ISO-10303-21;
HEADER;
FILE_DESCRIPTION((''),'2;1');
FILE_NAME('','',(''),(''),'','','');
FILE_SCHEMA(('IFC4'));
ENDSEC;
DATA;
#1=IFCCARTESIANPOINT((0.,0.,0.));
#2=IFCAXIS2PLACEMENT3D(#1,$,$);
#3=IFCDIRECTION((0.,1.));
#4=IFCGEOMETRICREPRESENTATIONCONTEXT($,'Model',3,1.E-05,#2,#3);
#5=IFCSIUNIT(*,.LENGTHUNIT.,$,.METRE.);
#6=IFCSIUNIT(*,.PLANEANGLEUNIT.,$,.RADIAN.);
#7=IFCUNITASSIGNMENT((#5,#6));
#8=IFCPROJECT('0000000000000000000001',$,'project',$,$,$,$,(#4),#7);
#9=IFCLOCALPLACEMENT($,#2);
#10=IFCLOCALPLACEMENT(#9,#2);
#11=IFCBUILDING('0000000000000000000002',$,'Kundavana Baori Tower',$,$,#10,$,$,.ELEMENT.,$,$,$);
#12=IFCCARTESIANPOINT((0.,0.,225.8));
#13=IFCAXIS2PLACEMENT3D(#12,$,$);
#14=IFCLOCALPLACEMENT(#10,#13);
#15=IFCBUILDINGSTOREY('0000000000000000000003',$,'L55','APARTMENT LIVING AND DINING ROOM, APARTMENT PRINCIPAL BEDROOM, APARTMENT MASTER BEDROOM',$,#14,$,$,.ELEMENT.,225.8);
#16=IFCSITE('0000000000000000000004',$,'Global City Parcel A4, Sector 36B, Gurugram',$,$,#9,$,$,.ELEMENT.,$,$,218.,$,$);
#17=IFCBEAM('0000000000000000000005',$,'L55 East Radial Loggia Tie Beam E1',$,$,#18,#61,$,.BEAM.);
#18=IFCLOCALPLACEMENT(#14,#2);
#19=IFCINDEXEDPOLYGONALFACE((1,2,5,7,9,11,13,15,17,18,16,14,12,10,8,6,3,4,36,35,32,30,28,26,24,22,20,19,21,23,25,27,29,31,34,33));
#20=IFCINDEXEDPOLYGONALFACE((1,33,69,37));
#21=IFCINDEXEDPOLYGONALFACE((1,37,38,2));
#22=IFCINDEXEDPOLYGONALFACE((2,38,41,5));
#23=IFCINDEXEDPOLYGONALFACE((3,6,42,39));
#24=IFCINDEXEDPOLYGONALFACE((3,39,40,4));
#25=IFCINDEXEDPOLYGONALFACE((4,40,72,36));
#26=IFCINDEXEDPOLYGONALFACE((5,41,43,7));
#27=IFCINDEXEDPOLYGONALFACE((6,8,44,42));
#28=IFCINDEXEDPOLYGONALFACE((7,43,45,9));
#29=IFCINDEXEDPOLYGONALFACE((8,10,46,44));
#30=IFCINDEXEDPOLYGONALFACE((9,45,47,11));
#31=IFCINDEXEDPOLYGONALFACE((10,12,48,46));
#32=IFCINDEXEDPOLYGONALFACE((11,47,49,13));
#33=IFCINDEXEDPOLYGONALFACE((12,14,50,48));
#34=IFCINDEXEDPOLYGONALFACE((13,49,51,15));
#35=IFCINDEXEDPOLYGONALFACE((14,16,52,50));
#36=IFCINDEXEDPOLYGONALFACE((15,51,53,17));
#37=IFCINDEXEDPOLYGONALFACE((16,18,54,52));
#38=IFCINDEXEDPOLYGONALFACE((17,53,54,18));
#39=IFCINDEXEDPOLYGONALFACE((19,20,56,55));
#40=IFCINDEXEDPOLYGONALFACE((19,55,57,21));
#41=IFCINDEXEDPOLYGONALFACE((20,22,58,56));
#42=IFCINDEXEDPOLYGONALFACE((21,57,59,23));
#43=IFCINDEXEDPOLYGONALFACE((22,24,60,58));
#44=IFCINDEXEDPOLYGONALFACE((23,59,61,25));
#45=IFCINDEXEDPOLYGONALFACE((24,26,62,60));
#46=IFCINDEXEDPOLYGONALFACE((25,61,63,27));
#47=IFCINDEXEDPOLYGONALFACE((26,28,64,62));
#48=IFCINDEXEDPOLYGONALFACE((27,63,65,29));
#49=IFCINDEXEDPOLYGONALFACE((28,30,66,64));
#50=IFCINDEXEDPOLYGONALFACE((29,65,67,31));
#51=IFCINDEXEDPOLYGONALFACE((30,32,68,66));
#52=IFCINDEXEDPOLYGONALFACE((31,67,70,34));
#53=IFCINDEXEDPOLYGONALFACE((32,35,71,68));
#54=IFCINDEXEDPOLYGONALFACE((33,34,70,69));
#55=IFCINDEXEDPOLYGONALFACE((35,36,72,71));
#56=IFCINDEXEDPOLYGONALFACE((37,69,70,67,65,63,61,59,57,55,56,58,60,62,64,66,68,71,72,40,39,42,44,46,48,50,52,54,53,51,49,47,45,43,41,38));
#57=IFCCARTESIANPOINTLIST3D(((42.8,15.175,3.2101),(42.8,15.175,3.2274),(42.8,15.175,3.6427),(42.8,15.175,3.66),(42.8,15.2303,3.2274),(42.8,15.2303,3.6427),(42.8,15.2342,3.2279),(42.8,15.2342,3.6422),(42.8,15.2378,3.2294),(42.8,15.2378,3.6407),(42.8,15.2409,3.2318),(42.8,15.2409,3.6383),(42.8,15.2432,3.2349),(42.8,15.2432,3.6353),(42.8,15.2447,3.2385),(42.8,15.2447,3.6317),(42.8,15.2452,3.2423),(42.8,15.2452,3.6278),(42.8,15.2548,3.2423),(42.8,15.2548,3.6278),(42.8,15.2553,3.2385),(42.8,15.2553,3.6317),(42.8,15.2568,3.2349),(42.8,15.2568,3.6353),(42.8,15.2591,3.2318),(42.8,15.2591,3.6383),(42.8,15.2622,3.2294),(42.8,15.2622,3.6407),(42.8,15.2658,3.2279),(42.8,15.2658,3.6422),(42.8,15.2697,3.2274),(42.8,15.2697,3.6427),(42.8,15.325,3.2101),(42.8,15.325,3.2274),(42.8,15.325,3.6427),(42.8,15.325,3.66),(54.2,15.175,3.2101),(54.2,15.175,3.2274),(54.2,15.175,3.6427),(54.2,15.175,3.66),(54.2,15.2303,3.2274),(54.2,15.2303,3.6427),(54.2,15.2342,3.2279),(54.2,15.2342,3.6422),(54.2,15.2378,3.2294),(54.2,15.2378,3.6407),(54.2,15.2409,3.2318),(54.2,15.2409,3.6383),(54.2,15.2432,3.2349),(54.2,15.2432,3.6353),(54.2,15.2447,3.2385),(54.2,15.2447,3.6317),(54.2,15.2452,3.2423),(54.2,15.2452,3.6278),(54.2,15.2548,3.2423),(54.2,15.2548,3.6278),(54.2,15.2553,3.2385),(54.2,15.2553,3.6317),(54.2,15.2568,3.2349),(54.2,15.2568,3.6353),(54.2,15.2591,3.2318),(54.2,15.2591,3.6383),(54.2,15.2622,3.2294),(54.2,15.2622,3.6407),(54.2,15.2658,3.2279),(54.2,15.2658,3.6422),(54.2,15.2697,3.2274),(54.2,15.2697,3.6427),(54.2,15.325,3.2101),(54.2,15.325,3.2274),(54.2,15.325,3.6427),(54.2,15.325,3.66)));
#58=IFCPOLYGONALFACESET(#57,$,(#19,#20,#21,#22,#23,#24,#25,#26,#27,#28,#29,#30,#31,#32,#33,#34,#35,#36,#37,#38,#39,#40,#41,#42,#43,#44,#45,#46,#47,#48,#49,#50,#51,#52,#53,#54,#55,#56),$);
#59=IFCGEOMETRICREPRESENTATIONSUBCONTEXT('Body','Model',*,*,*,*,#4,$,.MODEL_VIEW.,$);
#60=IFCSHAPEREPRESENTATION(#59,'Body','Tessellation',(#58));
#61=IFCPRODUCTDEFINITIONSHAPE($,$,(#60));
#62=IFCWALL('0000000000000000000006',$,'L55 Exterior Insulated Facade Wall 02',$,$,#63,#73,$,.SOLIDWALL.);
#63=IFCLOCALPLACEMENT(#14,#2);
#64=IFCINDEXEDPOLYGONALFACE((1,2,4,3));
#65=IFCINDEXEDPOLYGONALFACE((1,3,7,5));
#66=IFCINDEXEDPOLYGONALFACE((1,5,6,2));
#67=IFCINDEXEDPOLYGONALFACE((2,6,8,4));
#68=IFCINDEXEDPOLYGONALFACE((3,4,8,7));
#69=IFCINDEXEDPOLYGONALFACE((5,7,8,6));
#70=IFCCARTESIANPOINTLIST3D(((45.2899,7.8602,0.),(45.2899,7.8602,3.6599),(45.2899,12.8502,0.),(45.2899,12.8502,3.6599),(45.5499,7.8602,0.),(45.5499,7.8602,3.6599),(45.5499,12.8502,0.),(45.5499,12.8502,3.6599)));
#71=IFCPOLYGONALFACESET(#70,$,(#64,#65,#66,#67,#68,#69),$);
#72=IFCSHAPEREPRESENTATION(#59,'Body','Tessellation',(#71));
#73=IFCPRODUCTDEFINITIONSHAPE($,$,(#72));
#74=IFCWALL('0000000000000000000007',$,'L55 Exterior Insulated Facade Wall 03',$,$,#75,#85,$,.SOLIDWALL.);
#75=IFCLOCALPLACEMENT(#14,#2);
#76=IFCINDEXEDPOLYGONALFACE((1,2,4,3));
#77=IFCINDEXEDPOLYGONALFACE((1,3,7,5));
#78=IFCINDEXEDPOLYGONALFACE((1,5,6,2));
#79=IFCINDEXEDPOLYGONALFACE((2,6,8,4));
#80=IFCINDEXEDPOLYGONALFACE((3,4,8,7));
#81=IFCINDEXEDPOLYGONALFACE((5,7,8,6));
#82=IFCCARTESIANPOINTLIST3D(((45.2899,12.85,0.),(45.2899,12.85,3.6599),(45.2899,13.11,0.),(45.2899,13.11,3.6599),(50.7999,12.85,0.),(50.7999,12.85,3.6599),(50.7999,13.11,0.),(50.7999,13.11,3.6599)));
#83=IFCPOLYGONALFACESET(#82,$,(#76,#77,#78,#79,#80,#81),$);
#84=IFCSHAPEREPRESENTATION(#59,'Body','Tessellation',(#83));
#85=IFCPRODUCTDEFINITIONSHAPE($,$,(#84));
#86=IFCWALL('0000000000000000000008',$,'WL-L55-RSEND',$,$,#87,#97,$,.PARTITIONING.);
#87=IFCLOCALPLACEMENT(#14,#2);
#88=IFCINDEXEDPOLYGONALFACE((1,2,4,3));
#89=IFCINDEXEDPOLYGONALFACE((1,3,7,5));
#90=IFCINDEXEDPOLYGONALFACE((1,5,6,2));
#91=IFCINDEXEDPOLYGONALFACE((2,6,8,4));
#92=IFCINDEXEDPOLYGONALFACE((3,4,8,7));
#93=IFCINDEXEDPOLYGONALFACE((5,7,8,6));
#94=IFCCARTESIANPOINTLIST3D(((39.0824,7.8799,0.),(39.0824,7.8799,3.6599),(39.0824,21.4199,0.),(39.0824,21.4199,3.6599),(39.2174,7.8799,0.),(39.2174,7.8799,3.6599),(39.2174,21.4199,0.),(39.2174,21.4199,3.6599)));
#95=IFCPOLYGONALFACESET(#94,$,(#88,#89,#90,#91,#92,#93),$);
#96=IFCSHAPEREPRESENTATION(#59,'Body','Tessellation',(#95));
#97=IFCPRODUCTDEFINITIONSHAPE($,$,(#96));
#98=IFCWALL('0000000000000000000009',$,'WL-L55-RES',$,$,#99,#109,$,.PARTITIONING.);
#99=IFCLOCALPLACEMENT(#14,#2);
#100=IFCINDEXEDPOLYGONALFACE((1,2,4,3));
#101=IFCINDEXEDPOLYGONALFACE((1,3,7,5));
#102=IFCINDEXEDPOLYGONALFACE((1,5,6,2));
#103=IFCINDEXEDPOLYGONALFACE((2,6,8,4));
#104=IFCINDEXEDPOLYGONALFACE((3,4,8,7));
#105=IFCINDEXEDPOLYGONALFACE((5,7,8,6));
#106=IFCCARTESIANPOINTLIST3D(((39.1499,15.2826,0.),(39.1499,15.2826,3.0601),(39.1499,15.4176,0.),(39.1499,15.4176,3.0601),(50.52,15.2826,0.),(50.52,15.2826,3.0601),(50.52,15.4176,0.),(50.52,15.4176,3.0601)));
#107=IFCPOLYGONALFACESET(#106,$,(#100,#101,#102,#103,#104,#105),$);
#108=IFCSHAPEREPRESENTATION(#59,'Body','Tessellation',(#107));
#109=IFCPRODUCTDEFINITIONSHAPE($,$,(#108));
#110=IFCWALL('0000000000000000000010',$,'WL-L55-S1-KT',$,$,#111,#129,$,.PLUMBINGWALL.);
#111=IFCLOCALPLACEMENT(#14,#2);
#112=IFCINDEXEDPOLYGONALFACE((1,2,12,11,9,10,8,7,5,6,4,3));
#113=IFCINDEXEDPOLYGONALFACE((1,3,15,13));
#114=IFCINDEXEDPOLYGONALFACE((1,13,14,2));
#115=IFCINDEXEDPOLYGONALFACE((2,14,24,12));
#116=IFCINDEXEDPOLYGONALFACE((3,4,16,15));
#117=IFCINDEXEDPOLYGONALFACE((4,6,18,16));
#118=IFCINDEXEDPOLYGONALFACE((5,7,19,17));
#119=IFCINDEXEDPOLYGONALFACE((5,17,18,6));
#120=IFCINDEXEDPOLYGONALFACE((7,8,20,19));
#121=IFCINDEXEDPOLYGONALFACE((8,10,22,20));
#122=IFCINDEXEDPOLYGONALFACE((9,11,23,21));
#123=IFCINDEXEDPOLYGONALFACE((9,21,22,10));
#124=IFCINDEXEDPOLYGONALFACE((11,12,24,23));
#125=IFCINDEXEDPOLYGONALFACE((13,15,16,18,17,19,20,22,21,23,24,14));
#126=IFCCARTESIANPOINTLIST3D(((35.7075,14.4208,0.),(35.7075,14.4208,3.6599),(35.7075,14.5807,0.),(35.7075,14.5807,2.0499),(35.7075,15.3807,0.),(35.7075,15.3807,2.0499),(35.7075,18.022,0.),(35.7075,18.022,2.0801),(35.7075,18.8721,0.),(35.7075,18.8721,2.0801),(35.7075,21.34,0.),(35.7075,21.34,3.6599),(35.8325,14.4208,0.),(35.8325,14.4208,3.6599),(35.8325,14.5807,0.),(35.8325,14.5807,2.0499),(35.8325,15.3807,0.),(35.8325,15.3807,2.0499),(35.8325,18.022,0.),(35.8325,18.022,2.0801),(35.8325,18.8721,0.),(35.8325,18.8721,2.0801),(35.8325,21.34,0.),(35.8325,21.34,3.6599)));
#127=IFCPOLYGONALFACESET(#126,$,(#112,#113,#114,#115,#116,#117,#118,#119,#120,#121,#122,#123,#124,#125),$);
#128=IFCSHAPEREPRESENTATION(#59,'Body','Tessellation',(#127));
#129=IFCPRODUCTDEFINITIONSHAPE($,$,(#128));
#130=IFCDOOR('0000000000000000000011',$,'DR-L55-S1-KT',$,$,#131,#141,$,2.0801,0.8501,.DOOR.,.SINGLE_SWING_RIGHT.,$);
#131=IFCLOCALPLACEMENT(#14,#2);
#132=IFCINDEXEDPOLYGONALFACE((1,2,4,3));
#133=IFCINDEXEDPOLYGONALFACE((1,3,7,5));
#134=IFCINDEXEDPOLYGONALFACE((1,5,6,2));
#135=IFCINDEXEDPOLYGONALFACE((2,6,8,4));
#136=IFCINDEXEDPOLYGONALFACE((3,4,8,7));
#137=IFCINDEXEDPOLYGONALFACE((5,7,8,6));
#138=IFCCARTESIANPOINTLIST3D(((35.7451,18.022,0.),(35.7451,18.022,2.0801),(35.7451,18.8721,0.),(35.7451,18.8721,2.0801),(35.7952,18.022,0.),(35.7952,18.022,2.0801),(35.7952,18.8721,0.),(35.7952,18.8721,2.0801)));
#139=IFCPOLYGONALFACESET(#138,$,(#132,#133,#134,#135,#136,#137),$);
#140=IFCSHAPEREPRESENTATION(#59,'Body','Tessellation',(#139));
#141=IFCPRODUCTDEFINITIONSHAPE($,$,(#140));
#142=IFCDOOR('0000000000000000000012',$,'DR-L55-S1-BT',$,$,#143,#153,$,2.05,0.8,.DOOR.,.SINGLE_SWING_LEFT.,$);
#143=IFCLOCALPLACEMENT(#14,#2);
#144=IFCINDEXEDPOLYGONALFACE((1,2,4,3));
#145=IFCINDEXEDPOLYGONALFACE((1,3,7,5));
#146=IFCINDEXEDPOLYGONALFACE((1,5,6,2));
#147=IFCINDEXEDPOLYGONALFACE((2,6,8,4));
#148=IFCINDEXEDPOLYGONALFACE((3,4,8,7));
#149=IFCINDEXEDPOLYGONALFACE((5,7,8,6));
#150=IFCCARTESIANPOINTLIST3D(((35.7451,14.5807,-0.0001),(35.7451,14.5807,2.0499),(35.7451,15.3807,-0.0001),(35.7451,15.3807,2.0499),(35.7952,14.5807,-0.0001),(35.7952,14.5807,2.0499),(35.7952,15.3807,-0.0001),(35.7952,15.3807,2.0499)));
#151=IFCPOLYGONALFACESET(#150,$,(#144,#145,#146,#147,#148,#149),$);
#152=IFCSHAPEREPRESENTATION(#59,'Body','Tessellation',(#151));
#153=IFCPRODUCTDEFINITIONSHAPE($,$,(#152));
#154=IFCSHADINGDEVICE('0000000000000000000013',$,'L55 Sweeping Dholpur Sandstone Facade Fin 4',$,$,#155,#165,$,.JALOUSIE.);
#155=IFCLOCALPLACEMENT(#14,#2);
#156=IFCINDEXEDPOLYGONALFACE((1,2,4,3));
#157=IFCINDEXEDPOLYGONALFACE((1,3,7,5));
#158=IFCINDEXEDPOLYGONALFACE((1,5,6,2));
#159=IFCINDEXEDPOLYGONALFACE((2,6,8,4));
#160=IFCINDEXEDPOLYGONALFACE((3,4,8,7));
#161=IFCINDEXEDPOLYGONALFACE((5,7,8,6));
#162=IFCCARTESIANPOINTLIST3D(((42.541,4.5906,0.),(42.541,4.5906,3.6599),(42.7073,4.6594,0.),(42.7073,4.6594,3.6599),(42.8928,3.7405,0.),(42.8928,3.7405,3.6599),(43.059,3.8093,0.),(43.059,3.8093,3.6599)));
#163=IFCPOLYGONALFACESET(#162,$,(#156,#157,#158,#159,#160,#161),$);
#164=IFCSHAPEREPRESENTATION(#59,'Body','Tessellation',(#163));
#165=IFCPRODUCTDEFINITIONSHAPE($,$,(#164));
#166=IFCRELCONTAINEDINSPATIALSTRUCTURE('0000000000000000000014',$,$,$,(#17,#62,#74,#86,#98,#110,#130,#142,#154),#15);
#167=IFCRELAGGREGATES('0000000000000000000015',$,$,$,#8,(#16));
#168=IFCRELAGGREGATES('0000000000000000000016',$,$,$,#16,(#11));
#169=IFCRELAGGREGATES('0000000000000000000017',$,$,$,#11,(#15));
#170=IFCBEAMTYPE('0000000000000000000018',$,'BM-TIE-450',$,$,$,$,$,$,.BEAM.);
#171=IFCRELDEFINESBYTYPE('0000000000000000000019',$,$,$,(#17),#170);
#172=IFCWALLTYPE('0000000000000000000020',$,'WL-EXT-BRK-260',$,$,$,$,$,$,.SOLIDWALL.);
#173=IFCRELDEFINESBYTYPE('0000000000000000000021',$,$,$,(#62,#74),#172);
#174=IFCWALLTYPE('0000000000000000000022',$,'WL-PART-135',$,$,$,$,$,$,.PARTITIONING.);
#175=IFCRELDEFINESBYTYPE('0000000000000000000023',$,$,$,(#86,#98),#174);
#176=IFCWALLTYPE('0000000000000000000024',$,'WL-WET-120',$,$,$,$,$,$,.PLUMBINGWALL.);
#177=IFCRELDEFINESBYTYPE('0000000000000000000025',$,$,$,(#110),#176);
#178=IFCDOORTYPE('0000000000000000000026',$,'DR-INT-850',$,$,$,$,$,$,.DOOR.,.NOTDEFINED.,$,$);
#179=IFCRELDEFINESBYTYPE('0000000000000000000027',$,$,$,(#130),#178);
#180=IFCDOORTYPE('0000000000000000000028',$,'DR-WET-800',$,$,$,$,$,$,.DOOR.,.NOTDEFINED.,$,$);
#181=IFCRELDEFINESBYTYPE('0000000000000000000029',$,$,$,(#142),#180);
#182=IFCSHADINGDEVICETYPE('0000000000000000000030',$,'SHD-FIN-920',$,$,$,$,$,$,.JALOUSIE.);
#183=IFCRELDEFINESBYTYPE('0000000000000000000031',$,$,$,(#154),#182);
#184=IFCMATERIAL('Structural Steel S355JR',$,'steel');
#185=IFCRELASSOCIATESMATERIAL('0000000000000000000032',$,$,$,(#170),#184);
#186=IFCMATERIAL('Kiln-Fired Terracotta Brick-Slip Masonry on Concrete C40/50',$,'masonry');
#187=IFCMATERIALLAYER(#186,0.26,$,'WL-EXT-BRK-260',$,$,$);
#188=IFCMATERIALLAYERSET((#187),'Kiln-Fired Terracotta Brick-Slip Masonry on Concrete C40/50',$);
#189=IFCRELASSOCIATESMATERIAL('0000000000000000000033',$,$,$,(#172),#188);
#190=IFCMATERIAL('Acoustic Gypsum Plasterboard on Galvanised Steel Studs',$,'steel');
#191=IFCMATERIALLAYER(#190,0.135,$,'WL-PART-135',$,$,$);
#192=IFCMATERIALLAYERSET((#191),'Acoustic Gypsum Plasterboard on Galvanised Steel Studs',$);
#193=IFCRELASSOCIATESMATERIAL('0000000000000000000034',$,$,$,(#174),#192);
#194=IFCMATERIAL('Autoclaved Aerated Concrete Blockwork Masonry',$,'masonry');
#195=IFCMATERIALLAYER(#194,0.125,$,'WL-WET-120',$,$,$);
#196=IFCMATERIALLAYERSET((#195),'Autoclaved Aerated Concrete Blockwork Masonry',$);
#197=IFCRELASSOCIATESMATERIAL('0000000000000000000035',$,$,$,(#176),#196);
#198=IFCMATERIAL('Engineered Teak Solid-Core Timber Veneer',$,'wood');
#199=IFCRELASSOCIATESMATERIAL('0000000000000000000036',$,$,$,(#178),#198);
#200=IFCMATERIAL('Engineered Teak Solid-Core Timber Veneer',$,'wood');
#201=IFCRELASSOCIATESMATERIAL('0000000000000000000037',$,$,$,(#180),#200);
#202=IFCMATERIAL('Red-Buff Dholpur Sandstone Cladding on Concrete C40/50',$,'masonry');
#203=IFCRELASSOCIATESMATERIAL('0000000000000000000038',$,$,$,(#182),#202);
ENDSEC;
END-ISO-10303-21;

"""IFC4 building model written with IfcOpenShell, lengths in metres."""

from ifc_helpers import new_model, si_unit, direction, frame, frame_2d, origin, origin_2d, place, context, subcontext, project, spatial, rectangle, i_section, extrude, material, layer, layer_set, material_profile, profile_set, type_object, element, fill, save


model = new_model("IFC4")

# Units and contexts
model_context = context("Model", 3, precision=1e-05, world=origin(), true_north=direction((0.0, 1.0)))
body_context = subcontext(model_context, "Body", "Model", "MODEL_VIEW")
ifc_project = project(units=[si_unit("LENGTHUNIT", "METRE"), si_unit("PLANEANGLEUNIT", "RADIAN")], contexts=[model_context])

# Site, building, storey
site_placement = place(None, origin())
site = spatial("IfcSite", under=ifc_project, at=site_placement, Name="Global City Parcel A4, Sector 36B, Gurugram", CompositionType="ELEMENT", RefElevation=218.0)
building_placement = place(site_placement, origin())
building = spatial("IfcBuilding", under=site, at=building_placement, Name="Kundavana Baori Tower", CompositionType="ELEMENT")
storey_placement = place(building_placement, frame((0.0, 0.0, 225.8)))
storey = spatial("IfcBuildingStorey", under=building, at=storey_placement, Name="L55", Description="APARTMENT LIVING AND DINING ROOM, APARTMENT PRINCIPAL BEDROOM, APARTMENT MASTER BEDROOM", CompositionType="ELEMENT", Elevation=225.8)

# Beam
ifc_material_1 = material(Name="Structural Steel S355JR", Category="steel")
ifc_material_profile_1 = material_profile(ifc_material_1, i_section(OverallWidth=0.1499, OverallDepth=0.45, WebThickness=0.0095, FlangeThickness=0.0173, FilletRadius=0.0149, at=origin_2d()), Name="ISMB 450")
ifc_profile_set_1 = profile_set([ifc_material_profile_1], Name="Structural Steel S355JR")
beam_type_1 = type_object("IfcBeamType", Name="BM-TIE-450", PredefinedType="BEAM", material=ifc_profile_set_1)
beam_1_placement = place(storey_placement, frame((42.8, 15.25, 3.4351), z_axis=(1.0, 0.0, 0.0), x_axis=(0.0, 1.0, 0.0)))
element("IfcBeam", 1, at=beam_1_placement, inside=storey, type_object=beam_type_1, Name="L55 East Radial Loggia Tie Beam E1", PredefinedType="BEAM", context=body_context, shape_type="SweptSolid", body=[
    extrude(i_section(OverallWidth=0.1499, OverallDepth=0.45, WebThickness=0.0095, FlangeThickness=0.0173, FilletRadius=0.0149, at=origin_2d()), origin(), (0.0, 0.0, 1.0), 11.3999),
])

# Walls
ifc_material_2 = material(Name="Kiln-Fired Terracotta Brick-Slip Masonry on Concrete C40/50", Category="masonry")
ifc_layer_1 = layer(ifc_material_2, 0.26, Name="WL-EXT-BRK-260")
ifc_layer_set_1 = layer_set([ifc_layer_1], Name="Kiln-Fired Terracotta Brick-Slip Masonry on Concrete C40/50")
wall_type_1 = type_object("IfcWallType", Name="WL-EXT-BRK-260", PredefinedType="SOLIDWALL", material=ifc_layer_set_1)
wall_1_placement = place(storey_placement, frame((45.4199, 7.8601, 0.0), z_axis=(0.0, 0.0, 1.0), x_axis=(0.0, 1.0, 0.0)))
element("IfcWall", 2, at=wall_1_placement, inside=storey, type_object=wall_type_1, Name="L55 Exterior Insulated Facade Wall 02", PredefinedType="SOLIDWALL", context=body_context, shape_type="SweptSolid", body=[
    extrude(rectangle(XDim=4.99, YDim=0.26, at=frame_2d((2.4951, 0.0))), origin(), (0.0, 0.0, 1.0), 3.6599),
])
wall_2_placement = place(storey_placement, frame((45.29, 12.98, 0.0), z_axis=(0.0, 0.0, 1.0), x_axis=(1.0, 0.0, 0.0)))
element("IfcWall", 3, at=wall_2_placement, inside=storey, type_object=wall_type_1, Name="L55 Exterior Insulated Facade Wall 03", PredefinedType="SOLIDWALL", context=body_context, shape_type="SweptSolid", body=[
    extrude(rectangle(XDim=5.51, YDim=0.26, at=frame_2d((2.7549, 0.0))), origin(), (0.0, 0.0, 1.0), 3.6599),
])

# Walls
ifc_material_3 = material(Name="Acoustic Gypsum Plasterboard on Galvanised Steel Studs", Category="steel")
ifc_layer_2 = layer(ifc_material_3, 0.135, Name="WL-PART-135")
ifc_layer_set_2 = layer_set([ifc_layer_2], Name="Acoustic Gypsum Plasterboard on Galvanised Steel Studs")
wall_type_2 = type_object("IfcWallType", Name="WL-PART-135", PredefinedType="PARTITIONING", material=ifc_layer_set_2)
wall_3_placement = place(storey_placement, frame((39.1499, 7.8799, 0.0), z_axis=(0.0, 0.0, 1.0), x_axis=(0.0, 1.0, 0.0)))
element("IfcWall", 4, at=wall_3_placement, inside=storey, type_object=wall_type_2, Name="WL-L55-RSEND", PredefinedType="PARTITIONING", context=body_context, shape_type="SweptSolid", body=[
    extrude(rectangle(XDim=13.54, YDim=0.135, at=frame_2d((6.77, 0.0))), origin(), (0.0, 0.0, 1.0), 3.6599),
])
wall_4_placement = place(storey_placement, frame((39.1499, 15.3501, 0.0), z_axis=(0.0, 0.0, 1.0), x_axis=(1.0, 0.0, 0.0)))
element("IfcWall", 5, at=wall_4_placement, inside=storey, type_object=wall_type_2, Name="WL-L55-RES", PredefinedType="PARTITIONING", context=body_context, shape_type="SweptSolid", body=[
    extrude(rectangle(XDim=11.3701, YDim=0.135, at=frame_2d((5.6851, 0.0))), origin(), (0.0, 0.0, 1.0), 3.0601),
])

# Wall, openings, doors
ifc_material_4 = material(Name="Autoclaved Aerated Concrete Blockwork Masonry", Category="masonry")
ifc_layer_3 = layer(ifc_material_4, 0.125, Name="WL-WET-120")
ifc_layer_set_3 = layer_set([ifc_layer_3], Name="Autoclaved Aerated Concrete Blockwork Masonry")
wall_type_3 = type_object("IfcWallType", Name="WL-WET-120", PredefinedType="PLUMBINGWALL", material=ifc_layer_set_3)
wall_5_placement = place(storey_placement, frame((35.77, 14.4209, 0.0), z_axis=(0.0, 0.0, 1.0), x_axis=(0.0, 1.0, 0.0)))
wall_5 = element("IfcWall", 6, at=wall_5_placement, inside=storey, type_object=wall_type_3, Name="WL-L55-S1-KT", PredefinedType="PLUMBINGWALL", context=body_context, shape_type="SweptSolid", body=[
    extrude(rectangle(XDim=6.9192, YDim=0.125, at=frame_2d((3.4595, 0.0))), origin(), (0.0, 0.0, 1.0), 3.6599),
])
opening_1_placement = place(wall_5_placement, frame((0.1599, 0.0, 0.0)))
opening_1 = element("IfcOpeningElement", 7, at=opening_1_placement, cuts=wall_5, PredefinedType="OPENING", context=body_context, shape_type="SweptSolid", body=[
    extrude(rectangle(XDim=0.8, YDim=2.05, at=frame_2d((0.3999, 1.0249))), frame((0.0, 0.0725, 0.0), z_axis=(0.0, -1.0, 0.0), x_axis=(1.0, 0.0, 0.0)), (0.0, 0.0, 1.0), 0.145),
])
opening_2_placement = place(wall_5_placement, frame((3.6011, 0.0, 0.0)))
opening_2 = element("IfcOpeningElement", 8, at=opening_2_placement, cuts=wall_5, PredefinedType="OPENING", context=body_context, shape_type="SweptSolid", body=[
    extrude(rectangle(XDim=0.8501, YDim=2.0801, at=frame_2d((0.425, 1.04))), frame((0.0, 0.0725, 0.0), z_axis=(0.0, -1.0, 0.0), x_axis=(1.0, 0.0, 0.0)), (0.0, 0.0, 1.0), 0.145),
])
ifc_material_5 = material(Name="Engineered Teak Solid-Core Timber Veneer", Category="wood")
door_type_1 = type_object("IfcDoorType", Name="DR-INT-850", OperationType="NOTDEFINED", PredefinedType="DOOR", material=ifc_material_5)
door_1_placement = place(opening_2_placement, origin())
door_1 = element("IfcDoor", 9, at=door_1_placement, inside=storey, type_object=door_type_1, Name="DR-L55-S1-KT", OperationType="SINGLE_SWING_RIGHT", OverallHeight=2.0801, OverallWidth=0.8501, PredefinedType="DOOR", context=body_context, shape_type="SweptSolid", body=[
    extrude(rectangle(XDim=0.8501, YDim=2.0801, at=frame_2d((0.425, 1.04))), frame((0.0, 0.0249, 0.0), z_axis=(0.0, -1.0, 0.0), x_axis=(1.0, 0.0, 0.0)), (0.0, 0.0, 1.0), 0.05),
])
fill(opening_2, door_1)
ifc_material_6 = material(Name="Engineered Teak Solid-Core Timber Veneer", Category="wood")
door_type_2 = type_object("IfcDoorType", Name="DR-WET-800", OperationType="NOTDEFINED", PredefinedType="DOOR", material=ifc_material_6)
door_2_placement = place(opening_1_placement, origin())
door_2 = element("IfcDoor", 10, at=door_2_placement, inside=storey, type_object=door_type_2, Name="DR-L55-S1-BT", OperationType="SINGLE_SWING_LEFT", OverallHeight=2.05, OverallWidth=0.8, PredefinedType="DOOR", context=body_context, shape_type="SweptSolid", body=[
    extrude(rectangle(XDim=0.8, YDim=2.05, at=frame_2d((0.3999, 1.0249))), frame((0.0, 0.0249, 0.0), z_axis=(0.0, -1.0, 0.0), x_axis=(1.0, 0.0, 0.0)), (0.0, 0.0, 1.0), 0.05),
])
fill(opening_1, door_2)

# Shading device
ifc_material_7 = material(Name="Red-Buff Dholpur Sandstone Cladding on Concrete C40/50", Category="masonry")
shading_device_type = type_object("IfcShadingDeviceType", Name="SHD-FIN-920", PredefinedType="JALOUSIE", material=ifc_material_7)
shading_device_placement = place(storey_placement, frame((42.8, 4.2, 0.0), z_axis=(0.0, 0.0, 1.0), x_axis=(0.924013, 0.382361, 0.0)))
element("IfcShadingDevice", 11, at=shading_device_placement, inside=storey, type_object=shading_device_type, Name="L55 Sweeping Dholpur Sandstone Facade Fin 4", PredefinedType="JALOUSIE", context=body_context, shape_type="SweptSolid", body=[
    extrude(rectangle(XDim=0.1799, YDim=0.9199, at=origin_2d()), origin(), (0.0, 0.0, 1.0), 3.6599),
])

save(model, "model.ifc")
